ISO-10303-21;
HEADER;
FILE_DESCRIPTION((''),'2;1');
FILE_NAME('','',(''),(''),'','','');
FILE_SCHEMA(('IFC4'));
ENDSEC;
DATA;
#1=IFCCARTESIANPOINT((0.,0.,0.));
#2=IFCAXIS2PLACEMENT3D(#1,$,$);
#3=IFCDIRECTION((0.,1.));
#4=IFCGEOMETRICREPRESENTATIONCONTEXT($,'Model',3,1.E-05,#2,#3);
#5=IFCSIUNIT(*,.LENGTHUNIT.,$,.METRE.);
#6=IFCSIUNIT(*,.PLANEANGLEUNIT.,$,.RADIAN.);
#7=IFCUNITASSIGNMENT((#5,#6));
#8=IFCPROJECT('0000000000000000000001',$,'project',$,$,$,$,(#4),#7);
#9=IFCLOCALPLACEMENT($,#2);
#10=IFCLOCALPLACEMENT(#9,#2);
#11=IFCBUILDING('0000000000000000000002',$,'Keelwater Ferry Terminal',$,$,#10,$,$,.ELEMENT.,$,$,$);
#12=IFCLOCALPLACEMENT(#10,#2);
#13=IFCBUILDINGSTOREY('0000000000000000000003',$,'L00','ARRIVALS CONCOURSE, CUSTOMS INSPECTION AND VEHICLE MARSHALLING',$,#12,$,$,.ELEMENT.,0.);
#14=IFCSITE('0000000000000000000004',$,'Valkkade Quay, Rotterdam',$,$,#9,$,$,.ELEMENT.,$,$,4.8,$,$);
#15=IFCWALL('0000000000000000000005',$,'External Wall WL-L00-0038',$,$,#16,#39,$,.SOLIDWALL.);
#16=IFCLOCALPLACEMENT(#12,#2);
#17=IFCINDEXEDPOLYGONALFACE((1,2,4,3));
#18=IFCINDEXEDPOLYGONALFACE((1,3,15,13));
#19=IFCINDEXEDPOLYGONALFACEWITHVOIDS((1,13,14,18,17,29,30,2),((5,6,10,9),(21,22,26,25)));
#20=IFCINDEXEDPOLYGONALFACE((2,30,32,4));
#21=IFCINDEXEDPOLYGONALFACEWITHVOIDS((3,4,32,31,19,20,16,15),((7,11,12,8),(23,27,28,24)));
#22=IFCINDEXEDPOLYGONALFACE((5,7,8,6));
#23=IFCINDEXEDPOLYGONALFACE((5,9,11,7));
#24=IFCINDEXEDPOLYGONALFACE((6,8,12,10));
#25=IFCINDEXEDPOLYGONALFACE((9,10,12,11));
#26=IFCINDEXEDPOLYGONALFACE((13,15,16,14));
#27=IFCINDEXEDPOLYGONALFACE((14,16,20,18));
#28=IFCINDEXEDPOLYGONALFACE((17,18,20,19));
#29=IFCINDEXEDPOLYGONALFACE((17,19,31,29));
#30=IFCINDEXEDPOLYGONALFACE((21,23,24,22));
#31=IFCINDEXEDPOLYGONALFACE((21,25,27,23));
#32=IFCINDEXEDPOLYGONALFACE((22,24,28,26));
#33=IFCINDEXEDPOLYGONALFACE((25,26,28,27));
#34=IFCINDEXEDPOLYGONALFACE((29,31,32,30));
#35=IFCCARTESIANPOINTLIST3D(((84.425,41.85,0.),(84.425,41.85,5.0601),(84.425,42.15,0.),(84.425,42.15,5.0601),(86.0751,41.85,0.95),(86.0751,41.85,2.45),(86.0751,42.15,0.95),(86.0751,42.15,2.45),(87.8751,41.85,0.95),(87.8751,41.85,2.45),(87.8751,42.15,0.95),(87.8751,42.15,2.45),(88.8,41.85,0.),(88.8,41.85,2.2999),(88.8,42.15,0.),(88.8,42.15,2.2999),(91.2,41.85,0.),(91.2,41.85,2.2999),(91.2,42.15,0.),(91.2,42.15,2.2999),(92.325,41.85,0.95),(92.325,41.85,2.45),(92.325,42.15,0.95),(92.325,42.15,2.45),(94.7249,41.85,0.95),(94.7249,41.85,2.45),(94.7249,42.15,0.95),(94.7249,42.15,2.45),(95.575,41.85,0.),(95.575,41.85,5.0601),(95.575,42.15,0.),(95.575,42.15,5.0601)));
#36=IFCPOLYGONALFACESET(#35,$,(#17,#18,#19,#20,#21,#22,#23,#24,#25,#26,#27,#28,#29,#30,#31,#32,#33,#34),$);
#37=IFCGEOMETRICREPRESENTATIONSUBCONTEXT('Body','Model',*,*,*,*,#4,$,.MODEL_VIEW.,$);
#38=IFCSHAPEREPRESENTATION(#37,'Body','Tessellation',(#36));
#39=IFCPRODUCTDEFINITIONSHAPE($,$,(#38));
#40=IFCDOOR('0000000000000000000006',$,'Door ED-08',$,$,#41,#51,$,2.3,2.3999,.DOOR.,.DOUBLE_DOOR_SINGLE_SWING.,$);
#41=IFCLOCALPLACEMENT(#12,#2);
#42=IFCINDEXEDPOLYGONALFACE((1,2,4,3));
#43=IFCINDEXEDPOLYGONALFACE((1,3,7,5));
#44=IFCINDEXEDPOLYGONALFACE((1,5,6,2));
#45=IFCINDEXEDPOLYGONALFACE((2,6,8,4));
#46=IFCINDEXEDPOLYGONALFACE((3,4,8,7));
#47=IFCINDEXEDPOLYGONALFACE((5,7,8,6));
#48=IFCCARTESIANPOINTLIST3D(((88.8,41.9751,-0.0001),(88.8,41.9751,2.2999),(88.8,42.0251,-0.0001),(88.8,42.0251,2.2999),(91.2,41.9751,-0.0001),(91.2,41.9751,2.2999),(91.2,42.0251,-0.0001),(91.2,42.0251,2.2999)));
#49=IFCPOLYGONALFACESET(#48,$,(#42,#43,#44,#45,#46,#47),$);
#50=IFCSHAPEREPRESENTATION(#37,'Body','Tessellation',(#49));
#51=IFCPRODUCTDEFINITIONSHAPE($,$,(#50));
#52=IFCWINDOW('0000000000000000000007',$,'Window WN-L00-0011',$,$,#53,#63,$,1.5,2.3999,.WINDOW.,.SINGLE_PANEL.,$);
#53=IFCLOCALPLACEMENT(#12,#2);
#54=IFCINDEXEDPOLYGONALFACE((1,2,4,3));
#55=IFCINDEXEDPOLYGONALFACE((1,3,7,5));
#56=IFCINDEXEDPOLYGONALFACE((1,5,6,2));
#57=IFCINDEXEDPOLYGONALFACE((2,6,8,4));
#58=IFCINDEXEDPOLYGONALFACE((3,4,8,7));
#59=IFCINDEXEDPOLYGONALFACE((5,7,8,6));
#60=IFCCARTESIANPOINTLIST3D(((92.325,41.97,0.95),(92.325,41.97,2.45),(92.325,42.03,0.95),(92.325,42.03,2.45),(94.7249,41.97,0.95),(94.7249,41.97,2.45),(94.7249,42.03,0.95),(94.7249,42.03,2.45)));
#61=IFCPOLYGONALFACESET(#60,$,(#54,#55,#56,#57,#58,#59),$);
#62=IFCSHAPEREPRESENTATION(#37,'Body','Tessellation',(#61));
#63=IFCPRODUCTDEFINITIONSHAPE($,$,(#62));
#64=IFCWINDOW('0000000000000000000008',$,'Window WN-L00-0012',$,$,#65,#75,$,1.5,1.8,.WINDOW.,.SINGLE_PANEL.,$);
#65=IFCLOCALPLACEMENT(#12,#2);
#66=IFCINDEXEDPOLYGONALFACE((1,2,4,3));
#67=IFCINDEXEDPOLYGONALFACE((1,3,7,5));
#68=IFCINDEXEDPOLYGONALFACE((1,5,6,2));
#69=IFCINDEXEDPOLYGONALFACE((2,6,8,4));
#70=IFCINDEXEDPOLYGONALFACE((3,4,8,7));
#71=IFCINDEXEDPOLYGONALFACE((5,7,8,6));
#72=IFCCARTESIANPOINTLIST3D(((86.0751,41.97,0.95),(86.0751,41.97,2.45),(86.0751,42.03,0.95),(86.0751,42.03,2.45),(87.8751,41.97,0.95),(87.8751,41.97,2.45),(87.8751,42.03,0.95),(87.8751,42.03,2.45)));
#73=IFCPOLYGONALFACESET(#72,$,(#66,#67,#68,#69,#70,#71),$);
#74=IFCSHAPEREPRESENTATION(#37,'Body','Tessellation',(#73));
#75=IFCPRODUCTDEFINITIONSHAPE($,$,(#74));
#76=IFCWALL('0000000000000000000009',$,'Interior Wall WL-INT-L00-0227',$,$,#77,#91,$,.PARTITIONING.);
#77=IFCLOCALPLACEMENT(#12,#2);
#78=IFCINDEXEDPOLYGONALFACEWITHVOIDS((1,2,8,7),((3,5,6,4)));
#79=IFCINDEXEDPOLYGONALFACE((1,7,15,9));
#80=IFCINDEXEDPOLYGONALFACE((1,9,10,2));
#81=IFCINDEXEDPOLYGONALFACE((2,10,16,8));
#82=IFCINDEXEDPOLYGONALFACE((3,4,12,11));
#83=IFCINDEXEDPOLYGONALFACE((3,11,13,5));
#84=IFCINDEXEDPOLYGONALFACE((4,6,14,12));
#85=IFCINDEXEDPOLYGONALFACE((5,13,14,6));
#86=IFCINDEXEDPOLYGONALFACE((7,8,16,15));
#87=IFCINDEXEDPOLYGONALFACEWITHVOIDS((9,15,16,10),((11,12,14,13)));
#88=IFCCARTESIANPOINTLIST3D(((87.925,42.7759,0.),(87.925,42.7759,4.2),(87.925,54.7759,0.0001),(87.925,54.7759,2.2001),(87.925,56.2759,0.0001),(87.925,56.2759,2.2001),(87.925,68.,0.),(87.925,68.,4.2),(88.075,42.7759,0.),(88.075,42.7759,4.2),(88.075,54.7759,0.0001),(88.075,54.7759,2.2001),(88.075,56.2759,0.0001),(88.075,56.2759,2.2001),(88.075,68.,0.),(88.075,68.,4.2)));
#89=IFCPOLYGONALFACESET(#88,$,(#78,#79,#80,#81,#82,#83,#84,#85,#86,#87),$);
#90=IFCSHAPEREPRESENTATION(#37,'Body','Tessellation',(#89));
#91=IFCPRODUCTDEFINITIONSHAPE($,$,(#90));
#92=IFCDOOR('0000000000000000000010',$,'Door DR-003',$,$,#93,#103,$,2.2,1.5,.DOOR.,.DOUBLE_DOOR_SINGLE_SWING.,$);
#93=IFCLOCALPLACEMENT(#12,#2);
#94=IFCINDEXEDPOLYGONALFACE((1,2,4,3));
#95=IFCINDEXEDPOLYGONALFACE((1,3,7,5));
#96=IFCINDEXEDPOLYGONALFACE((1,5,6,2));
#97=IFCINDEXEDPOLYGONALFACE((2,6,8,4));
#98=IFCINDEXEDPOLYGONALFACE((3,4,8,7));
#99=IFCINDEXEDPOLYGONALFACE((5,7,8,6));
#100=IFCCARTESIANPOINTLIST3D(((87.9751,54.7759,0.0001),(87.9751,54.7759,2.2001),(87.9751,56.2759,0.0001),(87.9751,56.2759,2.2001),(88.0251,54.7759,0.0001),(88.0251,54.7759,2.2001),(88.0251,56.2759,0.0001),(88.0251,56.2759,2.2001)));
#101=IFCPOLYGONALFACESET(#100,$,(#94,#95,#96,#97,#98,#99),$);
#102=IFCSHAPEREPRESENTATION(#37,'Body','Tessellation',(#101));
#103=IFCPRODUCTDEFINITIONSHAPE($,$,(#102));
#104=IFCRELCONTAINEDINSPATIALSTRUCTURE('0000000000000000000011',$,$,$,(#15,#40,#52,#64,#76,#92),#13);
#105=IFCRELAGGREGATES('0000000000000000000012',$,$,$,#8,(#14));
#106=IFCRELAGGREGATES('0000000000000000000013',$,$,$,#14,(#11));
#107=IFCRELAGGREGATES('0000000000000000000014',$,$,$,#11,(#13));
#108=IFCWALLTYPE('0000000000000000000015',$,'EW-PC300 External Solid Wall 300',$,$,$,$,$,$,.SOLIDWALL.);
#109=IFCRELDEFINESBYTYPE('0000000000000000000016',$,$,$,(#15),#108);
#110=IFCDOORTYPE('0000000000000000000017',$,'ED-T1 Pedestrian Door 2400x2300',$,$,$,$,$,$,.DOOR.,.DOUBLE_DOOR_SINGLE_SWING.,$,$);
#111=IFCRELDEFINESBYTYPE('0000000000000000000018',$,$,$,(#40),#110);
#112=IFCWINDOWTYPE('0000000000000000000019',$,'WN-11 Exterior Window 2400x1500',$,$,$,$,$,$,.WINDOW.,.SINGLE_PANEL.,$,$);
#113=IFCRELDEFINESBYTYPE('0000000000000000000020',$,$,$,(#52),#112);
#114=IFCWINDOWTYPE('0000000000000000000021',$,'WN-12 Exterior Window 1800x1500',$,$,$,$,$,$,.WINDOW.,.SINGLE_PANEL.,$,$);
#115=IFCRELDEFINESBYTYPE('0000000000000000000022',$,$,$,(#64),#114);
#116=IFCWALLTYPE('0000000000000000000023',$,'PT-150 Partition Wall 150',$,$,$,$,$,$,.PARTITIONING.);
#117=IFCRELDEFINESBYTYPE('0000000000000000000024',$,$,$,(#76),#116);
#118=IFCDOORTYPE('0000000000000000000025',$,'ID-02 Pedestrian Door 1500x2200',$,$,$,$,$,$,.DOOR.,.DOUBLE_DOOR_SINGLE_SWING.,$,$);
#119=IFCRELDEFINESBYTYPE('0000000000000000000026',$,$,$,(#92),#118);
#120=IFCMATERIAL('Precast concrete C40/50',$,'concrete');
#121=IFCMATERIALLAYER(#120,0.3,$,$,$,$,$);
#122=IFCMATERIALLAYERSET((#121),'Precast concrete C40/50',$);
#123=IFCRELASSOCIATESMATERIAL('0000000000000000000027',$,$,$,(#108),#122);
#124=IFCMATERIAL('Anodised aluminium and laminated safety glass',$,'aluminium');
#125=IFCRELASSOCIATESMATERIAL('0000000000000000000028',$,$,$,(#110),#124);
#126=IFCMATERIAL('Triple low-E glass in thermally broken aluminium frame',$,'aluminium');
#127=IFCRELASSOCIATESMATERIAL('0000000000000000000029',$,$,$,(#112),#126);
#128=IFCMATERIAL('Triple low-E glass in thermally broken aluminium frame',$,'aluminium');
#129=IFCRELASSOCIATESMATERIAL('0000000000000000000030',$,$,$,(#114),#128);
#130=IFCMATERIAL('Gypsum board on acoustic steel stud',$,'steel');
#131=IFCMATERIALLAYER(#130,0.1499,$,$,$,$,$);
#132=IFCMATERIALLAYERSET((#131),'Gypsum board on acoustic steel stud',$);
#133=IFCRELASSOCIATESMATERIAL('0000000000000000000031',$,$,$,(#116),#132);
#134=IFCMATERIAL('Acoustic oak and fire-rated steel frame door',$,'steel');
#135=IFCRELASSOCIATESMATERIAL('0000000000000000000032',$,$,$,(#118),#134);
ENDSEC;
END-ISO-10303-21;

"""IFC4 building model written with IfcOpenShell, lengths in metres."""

from ifc_helpers import new_model, si_unit, direction, frame, frame_2d, origin, place, context, subcontext, project, spatial, rectangle, extrude, material, layer, layer_set, type_object, element, fill, save


model = new_model("IFC4")

# Units and contexts
model_context = context("Model", 3, precision=1e-05, world=origin(), true_north=direction((0.0, 1.0)))
body_context = subcontext(model_context, "Body", "Model", "MODEL_VIEW")
ifc_project = project(units=[si_unit("LENGTHUNIT", "METRE"), si_unit("PLANEANGLEUNIT", "RADIAN")], contexts=[model_context])

# Site, building, storey
site_placement = place(None, origin())
site = spatial("IfcSite", under=ifc_project, at=site_placement, Name="Valkkade Quay, Rotterdam", CompositionType="ELEMENT", RefElevation=4.8)
building_placement = place(site_placement, origin())
building = spatial("IfcBuilding", under=site, at=building_placement, Name="Keelwater Ferry Terminal", CompositionType="ELEMENT")
storey_placement = place(building_placement, origin())
storey = spatial("IfcBuildingStorey", under=building, at=storey_placement, Name="L00", Description="ARRIVALS CONCOURSE, CUSTOMS INSPECTION AND VEHICLE MARSHALLING", CompositionType="ELEMENT", Elevation=0.0)

# Wall, openings, door, windows
ifc_material_1 = material(Name="Precast concrete C40/50", Category="concrete")
ifc_layer_1 = layer(ifc_material_1, 0.3)
ifc_layer_set_1 = layer_set([ifc_layer_1], Name="Precast concrete C40/50")
wall_type_1 = type_object("IfcWallType", Name="EW-PC300 External Solid Wall 300", PredefinedType="SOLIDWALL", material=ifc_layer_set_1)
wall_1_placement = place(storey_placement, frame((95.575, 42.0, 0.0), z_axis=(0.0, 0.0, 1.0), x_axis=(-1.0, 0.0, 0.0)))
wall_1 = element("IfcWall", 1, at=wall_1_placement, inside=storey, type_object=wall_type_1, Name="External Wall WL-L00-0038", PredefinedType="SOLIDWALL", context=body_context, shape_type="SweptSolid", body=[
    extrude(rectangle(XDim=11.1499, YDim=0.3, at=frame_2d((5.575, 0.0))), origin(), (0.0, 0.0, 1.0), 5.0601),
])
opening_1_placement = place(wall_1_placement, frame((4.375, 0.0, 0.0)))
opening_1 = element("IfcOpeningElement", 2, at=opening_1_placement, cuts=wall_1, PredefinedType="OPENING", context=body_context, shape_type="SweptSolid", body=[
    extrude(rectangle(XDim=2.3999, YDim=2.3, at=frame_2d((1.2, 1.1499))), frame((0.0, 0.1599, 0.0), z_axis=(0.0, -1.0, 0.0), x_axis=(1.0, 0.0, 0.0)), (0.0, 0.0, 1.0), 0.3201),
])
opening_2_placement = place(wall_1_placement, frame((0.8501, 0.0, 0.95)))
opening_2 = element("IfcOpeningElement", 3, at=opening_2_placement, cuts=wall_1, PredefinedType="OPENING", context=body_context, shape_type="SweptSolid", body=[
    extrude(rectangle(XDim=2.3999, YDim=1.5, at=frame_2d((1.2, 0.75))), frame((0.0, 0.1599, 0.0), z_axis=(0.0, -1.0, 0.0), x_axis=(1.0, 0.0, 0.0)), (0.0, 0.0, 1.0), 0.3201),
])
opening_3_placement = place(wall_1_placement, frame((7.7, 0.0, 0.95)))
opening_3 = element("IfcOpeningElement", 4, at=opening_3_placement, cuts=wall_1, PredefinedType="OPENING", context=body_context, shape_type="SweptSolid", body=[
    extrude(rectangle(XDim=1.8, YDim=1.5, at=frame_2d((0.8999, 0.75))), frame((0.0, 0.1599, 0.0), z_axis=(0.0, -1.0, 0.0), x_axis=(1.0, 0.0, 0.0)), (0.0, 0.0, 1.0), 0.3201),
])
ifc_material_2 = material(Name="Anodised aluminium and laminated safety glass", Category="aluminium")
door_type_1 = type_object("IfcDoorType", Name="ED-T1 Pedestrian Door 2400x2300", OperationType="DOUBLE_DOOR_SINGLE_SWING", PredefinedType="DOOR", material=ifc_material_2)
door_1_placement = place(opening_1_placement, origin())
door_1 = element("IfcDoor", 5, at=door_1_placement, inside=storey, type_object=door_type_1, Name="Door ED-08", OperationType="DOUBLE_DOOR_SINGLE_SWING", OverallHeight=2.3, OverallWidth=2.3999, PredefinedType="DOOR", context=body_context, shape_type="SweptSolid", body=[
    extrude(rectangle(XDim=2.3999, YDim=2.3, at=frame_2d((1.2, 1.1499))), frame((0.0, 0.0249, 0.0), z_axis=(0.0, -1.0, 0.0), x_axis=(1.0, 0.0, 0.0)), (0.0, 0.0, 1.0), 0.05),
])
fill(opening_1, door_1)
ifc_material_3 = material(Name="Triple low-E glass in thermally broken aluminium frame", Category="aluminium")
window_type_1 = type_object("IfcWindowType", Name="WN-11 Exterior Window 2400x1500", PartitioningType="SINGLE_PANEL", PredefinedType="WINDOW", material=ifc_material_3)
window_1_placement = place(opening_2_placement, origin())
window_1 = element("IfcWindow", 6, at=window_1_placement, inside=storey, type_object=window_type_1, Name="Window WN-L00-0011", OverallHeight=1.5, OverallWidth=2.3999, PartitioningType="SINGLE_PANEL", PredefinedType="WINDOW", context=body_context, shape_type="SweptSolid", body=[
    extrude(rectangle(XDim=2.3999, YDim=1.5, at=frame_2d((1.2, 0.75))), frame((0.0, 0.03, 0.0), z_axis=(0.0, -1.0, 0.0), x_axis=(1.0, 0.0, 0.0)), (0.0, 0.0, 1.0), 0.0601),
])
fill(opening_2, window_1)
ifc_material_4 = material(Name="Triple low-E glass in thermally broken aluminium frame", Category="aluminium")
window_type_2 = type_object("IfcWindowType", Name="WN-12 Exterior Window 1800x1500", PartitioningType="SINGLE_PANEL", PredefinedType="WINDOW", material=ifc_material_4)
window_2_placement = place(opening_3_placement, origin())
window_2 = element("IfcWindow", 7, at=window_2_placement, inside=storey, type_object=window_type_2, Name="Window WN-L00-0012", OverallHeight=1.5, OverallWidth=1.8, PartitioningType="SINGLE_PANEL", PredefinedType="WINDOW", context=body_context, shape_type="SweptSolid", body=[
    extrude(rectangle(XDim=1.8, YDim=1.5, at=frame_2d((0.8999, 0.75))), frame((0.0, 0.03, 0.0), z_axis=(0.0, -1.0, 0.0), x_axis=(1.0, 0.0, 0.0)), (0.0, 0.0, 1.0), 0.0601),
])
fill(opening_3, window_2)

# Wall, opening, door
ifc_material_5 = material(Name="Gypsum board on acoustic steel stud", Category="steel")
ifc_layer_2 = layer(ifc_material_5, 0.1499)
ifc_layer_set_2 = layer_set([ifc_layer_2], Name="Gypsum board on acoustic steel stud")
wall_type_2 = type_object("IfcWallType", Name="PT-150 Partition Wall 150", PredefinedType="PARTITIONING", material=ifc_layer_set_2)
wall_2_placement = place(storey_placement, frame((88.0, 42.7759, 0.0), z_axis=(0.0, 0.0, 1.0), x_axis=(0.0, 1.0, 0.0)))
wall_2 = element("IfcWall", 8, at=wall_2_placement, inside=storey, type_object=wall_type_2, Name="Interior Wall WL-INT-L00-0227", PredefinedType="PARTITIONING", context=body_context, shape_type="SweptSolid", body=[
    extrude(rectangle(XDim=25.2241, YDim=0.1499, at=frame_2d((12.6121, 0.0))), origin(), (0.0, 0.0, 1.0), 4.2),
])
opening_4_placement = place(wall_2_placement, frame((12.0, 0.0, 0.0)))
opening_4 = element("IfcOpeningElement", 9, at=opening_4_placement, cuts=wall_2, PredefinedType="OPENING", context=body_context, shape_type="SweptSolid", body=[
    extrude(rectangle(XDim=1.5, YDim=2.2, at=frame_2d((0.75, 1.1001))), frame((0.0, 0.085, 0.0), z_axis=(0.0, -1.0, 0.0), x_axis=(1.0, 0.0, 0.0)), (0.0, 0.0, 1.0), 0.1699),
])
ifc_material_6 = material(Name="Acoustic oak and fire-rated steel frame door", Category="steel")
door_type_2 = type_object("IfcDoorType", Name="ID-02 Pedestrian Door 1500x2200", OperationType="DOUBLE_DOOR_SINGLE_SWING", PredefinedType="DOOR", material=ifc_material_6)
door_2_placement = place(opening_4_placement, origin())
door_2 = element("IfcDoor", 10, at=door_2_placement, inside=storey, type_object=door_type_2, Name="Door DR-003", OperationType="DOUBLE_DOOR_SINGLE_SWING", OverallHeight=2.2, OverallWidth=1.5, PredefinedType="DOOR", context=body_context, shape_type="SweptSolid", body=[
    extrude(rectangle(XDim=1.5, YDim=2.2, at=frame_2d((0.75, 1.1001))), frame((0.0, 0.0249, 0.0), z_axis=(0.0, -1.0, 0.0), x_axis=(1.0, 0.0, 0.0)), (0.0, 0.0, 1.0), 0.05),
])
fill(opening_4, door_2)

save(model, "model.ifc")
